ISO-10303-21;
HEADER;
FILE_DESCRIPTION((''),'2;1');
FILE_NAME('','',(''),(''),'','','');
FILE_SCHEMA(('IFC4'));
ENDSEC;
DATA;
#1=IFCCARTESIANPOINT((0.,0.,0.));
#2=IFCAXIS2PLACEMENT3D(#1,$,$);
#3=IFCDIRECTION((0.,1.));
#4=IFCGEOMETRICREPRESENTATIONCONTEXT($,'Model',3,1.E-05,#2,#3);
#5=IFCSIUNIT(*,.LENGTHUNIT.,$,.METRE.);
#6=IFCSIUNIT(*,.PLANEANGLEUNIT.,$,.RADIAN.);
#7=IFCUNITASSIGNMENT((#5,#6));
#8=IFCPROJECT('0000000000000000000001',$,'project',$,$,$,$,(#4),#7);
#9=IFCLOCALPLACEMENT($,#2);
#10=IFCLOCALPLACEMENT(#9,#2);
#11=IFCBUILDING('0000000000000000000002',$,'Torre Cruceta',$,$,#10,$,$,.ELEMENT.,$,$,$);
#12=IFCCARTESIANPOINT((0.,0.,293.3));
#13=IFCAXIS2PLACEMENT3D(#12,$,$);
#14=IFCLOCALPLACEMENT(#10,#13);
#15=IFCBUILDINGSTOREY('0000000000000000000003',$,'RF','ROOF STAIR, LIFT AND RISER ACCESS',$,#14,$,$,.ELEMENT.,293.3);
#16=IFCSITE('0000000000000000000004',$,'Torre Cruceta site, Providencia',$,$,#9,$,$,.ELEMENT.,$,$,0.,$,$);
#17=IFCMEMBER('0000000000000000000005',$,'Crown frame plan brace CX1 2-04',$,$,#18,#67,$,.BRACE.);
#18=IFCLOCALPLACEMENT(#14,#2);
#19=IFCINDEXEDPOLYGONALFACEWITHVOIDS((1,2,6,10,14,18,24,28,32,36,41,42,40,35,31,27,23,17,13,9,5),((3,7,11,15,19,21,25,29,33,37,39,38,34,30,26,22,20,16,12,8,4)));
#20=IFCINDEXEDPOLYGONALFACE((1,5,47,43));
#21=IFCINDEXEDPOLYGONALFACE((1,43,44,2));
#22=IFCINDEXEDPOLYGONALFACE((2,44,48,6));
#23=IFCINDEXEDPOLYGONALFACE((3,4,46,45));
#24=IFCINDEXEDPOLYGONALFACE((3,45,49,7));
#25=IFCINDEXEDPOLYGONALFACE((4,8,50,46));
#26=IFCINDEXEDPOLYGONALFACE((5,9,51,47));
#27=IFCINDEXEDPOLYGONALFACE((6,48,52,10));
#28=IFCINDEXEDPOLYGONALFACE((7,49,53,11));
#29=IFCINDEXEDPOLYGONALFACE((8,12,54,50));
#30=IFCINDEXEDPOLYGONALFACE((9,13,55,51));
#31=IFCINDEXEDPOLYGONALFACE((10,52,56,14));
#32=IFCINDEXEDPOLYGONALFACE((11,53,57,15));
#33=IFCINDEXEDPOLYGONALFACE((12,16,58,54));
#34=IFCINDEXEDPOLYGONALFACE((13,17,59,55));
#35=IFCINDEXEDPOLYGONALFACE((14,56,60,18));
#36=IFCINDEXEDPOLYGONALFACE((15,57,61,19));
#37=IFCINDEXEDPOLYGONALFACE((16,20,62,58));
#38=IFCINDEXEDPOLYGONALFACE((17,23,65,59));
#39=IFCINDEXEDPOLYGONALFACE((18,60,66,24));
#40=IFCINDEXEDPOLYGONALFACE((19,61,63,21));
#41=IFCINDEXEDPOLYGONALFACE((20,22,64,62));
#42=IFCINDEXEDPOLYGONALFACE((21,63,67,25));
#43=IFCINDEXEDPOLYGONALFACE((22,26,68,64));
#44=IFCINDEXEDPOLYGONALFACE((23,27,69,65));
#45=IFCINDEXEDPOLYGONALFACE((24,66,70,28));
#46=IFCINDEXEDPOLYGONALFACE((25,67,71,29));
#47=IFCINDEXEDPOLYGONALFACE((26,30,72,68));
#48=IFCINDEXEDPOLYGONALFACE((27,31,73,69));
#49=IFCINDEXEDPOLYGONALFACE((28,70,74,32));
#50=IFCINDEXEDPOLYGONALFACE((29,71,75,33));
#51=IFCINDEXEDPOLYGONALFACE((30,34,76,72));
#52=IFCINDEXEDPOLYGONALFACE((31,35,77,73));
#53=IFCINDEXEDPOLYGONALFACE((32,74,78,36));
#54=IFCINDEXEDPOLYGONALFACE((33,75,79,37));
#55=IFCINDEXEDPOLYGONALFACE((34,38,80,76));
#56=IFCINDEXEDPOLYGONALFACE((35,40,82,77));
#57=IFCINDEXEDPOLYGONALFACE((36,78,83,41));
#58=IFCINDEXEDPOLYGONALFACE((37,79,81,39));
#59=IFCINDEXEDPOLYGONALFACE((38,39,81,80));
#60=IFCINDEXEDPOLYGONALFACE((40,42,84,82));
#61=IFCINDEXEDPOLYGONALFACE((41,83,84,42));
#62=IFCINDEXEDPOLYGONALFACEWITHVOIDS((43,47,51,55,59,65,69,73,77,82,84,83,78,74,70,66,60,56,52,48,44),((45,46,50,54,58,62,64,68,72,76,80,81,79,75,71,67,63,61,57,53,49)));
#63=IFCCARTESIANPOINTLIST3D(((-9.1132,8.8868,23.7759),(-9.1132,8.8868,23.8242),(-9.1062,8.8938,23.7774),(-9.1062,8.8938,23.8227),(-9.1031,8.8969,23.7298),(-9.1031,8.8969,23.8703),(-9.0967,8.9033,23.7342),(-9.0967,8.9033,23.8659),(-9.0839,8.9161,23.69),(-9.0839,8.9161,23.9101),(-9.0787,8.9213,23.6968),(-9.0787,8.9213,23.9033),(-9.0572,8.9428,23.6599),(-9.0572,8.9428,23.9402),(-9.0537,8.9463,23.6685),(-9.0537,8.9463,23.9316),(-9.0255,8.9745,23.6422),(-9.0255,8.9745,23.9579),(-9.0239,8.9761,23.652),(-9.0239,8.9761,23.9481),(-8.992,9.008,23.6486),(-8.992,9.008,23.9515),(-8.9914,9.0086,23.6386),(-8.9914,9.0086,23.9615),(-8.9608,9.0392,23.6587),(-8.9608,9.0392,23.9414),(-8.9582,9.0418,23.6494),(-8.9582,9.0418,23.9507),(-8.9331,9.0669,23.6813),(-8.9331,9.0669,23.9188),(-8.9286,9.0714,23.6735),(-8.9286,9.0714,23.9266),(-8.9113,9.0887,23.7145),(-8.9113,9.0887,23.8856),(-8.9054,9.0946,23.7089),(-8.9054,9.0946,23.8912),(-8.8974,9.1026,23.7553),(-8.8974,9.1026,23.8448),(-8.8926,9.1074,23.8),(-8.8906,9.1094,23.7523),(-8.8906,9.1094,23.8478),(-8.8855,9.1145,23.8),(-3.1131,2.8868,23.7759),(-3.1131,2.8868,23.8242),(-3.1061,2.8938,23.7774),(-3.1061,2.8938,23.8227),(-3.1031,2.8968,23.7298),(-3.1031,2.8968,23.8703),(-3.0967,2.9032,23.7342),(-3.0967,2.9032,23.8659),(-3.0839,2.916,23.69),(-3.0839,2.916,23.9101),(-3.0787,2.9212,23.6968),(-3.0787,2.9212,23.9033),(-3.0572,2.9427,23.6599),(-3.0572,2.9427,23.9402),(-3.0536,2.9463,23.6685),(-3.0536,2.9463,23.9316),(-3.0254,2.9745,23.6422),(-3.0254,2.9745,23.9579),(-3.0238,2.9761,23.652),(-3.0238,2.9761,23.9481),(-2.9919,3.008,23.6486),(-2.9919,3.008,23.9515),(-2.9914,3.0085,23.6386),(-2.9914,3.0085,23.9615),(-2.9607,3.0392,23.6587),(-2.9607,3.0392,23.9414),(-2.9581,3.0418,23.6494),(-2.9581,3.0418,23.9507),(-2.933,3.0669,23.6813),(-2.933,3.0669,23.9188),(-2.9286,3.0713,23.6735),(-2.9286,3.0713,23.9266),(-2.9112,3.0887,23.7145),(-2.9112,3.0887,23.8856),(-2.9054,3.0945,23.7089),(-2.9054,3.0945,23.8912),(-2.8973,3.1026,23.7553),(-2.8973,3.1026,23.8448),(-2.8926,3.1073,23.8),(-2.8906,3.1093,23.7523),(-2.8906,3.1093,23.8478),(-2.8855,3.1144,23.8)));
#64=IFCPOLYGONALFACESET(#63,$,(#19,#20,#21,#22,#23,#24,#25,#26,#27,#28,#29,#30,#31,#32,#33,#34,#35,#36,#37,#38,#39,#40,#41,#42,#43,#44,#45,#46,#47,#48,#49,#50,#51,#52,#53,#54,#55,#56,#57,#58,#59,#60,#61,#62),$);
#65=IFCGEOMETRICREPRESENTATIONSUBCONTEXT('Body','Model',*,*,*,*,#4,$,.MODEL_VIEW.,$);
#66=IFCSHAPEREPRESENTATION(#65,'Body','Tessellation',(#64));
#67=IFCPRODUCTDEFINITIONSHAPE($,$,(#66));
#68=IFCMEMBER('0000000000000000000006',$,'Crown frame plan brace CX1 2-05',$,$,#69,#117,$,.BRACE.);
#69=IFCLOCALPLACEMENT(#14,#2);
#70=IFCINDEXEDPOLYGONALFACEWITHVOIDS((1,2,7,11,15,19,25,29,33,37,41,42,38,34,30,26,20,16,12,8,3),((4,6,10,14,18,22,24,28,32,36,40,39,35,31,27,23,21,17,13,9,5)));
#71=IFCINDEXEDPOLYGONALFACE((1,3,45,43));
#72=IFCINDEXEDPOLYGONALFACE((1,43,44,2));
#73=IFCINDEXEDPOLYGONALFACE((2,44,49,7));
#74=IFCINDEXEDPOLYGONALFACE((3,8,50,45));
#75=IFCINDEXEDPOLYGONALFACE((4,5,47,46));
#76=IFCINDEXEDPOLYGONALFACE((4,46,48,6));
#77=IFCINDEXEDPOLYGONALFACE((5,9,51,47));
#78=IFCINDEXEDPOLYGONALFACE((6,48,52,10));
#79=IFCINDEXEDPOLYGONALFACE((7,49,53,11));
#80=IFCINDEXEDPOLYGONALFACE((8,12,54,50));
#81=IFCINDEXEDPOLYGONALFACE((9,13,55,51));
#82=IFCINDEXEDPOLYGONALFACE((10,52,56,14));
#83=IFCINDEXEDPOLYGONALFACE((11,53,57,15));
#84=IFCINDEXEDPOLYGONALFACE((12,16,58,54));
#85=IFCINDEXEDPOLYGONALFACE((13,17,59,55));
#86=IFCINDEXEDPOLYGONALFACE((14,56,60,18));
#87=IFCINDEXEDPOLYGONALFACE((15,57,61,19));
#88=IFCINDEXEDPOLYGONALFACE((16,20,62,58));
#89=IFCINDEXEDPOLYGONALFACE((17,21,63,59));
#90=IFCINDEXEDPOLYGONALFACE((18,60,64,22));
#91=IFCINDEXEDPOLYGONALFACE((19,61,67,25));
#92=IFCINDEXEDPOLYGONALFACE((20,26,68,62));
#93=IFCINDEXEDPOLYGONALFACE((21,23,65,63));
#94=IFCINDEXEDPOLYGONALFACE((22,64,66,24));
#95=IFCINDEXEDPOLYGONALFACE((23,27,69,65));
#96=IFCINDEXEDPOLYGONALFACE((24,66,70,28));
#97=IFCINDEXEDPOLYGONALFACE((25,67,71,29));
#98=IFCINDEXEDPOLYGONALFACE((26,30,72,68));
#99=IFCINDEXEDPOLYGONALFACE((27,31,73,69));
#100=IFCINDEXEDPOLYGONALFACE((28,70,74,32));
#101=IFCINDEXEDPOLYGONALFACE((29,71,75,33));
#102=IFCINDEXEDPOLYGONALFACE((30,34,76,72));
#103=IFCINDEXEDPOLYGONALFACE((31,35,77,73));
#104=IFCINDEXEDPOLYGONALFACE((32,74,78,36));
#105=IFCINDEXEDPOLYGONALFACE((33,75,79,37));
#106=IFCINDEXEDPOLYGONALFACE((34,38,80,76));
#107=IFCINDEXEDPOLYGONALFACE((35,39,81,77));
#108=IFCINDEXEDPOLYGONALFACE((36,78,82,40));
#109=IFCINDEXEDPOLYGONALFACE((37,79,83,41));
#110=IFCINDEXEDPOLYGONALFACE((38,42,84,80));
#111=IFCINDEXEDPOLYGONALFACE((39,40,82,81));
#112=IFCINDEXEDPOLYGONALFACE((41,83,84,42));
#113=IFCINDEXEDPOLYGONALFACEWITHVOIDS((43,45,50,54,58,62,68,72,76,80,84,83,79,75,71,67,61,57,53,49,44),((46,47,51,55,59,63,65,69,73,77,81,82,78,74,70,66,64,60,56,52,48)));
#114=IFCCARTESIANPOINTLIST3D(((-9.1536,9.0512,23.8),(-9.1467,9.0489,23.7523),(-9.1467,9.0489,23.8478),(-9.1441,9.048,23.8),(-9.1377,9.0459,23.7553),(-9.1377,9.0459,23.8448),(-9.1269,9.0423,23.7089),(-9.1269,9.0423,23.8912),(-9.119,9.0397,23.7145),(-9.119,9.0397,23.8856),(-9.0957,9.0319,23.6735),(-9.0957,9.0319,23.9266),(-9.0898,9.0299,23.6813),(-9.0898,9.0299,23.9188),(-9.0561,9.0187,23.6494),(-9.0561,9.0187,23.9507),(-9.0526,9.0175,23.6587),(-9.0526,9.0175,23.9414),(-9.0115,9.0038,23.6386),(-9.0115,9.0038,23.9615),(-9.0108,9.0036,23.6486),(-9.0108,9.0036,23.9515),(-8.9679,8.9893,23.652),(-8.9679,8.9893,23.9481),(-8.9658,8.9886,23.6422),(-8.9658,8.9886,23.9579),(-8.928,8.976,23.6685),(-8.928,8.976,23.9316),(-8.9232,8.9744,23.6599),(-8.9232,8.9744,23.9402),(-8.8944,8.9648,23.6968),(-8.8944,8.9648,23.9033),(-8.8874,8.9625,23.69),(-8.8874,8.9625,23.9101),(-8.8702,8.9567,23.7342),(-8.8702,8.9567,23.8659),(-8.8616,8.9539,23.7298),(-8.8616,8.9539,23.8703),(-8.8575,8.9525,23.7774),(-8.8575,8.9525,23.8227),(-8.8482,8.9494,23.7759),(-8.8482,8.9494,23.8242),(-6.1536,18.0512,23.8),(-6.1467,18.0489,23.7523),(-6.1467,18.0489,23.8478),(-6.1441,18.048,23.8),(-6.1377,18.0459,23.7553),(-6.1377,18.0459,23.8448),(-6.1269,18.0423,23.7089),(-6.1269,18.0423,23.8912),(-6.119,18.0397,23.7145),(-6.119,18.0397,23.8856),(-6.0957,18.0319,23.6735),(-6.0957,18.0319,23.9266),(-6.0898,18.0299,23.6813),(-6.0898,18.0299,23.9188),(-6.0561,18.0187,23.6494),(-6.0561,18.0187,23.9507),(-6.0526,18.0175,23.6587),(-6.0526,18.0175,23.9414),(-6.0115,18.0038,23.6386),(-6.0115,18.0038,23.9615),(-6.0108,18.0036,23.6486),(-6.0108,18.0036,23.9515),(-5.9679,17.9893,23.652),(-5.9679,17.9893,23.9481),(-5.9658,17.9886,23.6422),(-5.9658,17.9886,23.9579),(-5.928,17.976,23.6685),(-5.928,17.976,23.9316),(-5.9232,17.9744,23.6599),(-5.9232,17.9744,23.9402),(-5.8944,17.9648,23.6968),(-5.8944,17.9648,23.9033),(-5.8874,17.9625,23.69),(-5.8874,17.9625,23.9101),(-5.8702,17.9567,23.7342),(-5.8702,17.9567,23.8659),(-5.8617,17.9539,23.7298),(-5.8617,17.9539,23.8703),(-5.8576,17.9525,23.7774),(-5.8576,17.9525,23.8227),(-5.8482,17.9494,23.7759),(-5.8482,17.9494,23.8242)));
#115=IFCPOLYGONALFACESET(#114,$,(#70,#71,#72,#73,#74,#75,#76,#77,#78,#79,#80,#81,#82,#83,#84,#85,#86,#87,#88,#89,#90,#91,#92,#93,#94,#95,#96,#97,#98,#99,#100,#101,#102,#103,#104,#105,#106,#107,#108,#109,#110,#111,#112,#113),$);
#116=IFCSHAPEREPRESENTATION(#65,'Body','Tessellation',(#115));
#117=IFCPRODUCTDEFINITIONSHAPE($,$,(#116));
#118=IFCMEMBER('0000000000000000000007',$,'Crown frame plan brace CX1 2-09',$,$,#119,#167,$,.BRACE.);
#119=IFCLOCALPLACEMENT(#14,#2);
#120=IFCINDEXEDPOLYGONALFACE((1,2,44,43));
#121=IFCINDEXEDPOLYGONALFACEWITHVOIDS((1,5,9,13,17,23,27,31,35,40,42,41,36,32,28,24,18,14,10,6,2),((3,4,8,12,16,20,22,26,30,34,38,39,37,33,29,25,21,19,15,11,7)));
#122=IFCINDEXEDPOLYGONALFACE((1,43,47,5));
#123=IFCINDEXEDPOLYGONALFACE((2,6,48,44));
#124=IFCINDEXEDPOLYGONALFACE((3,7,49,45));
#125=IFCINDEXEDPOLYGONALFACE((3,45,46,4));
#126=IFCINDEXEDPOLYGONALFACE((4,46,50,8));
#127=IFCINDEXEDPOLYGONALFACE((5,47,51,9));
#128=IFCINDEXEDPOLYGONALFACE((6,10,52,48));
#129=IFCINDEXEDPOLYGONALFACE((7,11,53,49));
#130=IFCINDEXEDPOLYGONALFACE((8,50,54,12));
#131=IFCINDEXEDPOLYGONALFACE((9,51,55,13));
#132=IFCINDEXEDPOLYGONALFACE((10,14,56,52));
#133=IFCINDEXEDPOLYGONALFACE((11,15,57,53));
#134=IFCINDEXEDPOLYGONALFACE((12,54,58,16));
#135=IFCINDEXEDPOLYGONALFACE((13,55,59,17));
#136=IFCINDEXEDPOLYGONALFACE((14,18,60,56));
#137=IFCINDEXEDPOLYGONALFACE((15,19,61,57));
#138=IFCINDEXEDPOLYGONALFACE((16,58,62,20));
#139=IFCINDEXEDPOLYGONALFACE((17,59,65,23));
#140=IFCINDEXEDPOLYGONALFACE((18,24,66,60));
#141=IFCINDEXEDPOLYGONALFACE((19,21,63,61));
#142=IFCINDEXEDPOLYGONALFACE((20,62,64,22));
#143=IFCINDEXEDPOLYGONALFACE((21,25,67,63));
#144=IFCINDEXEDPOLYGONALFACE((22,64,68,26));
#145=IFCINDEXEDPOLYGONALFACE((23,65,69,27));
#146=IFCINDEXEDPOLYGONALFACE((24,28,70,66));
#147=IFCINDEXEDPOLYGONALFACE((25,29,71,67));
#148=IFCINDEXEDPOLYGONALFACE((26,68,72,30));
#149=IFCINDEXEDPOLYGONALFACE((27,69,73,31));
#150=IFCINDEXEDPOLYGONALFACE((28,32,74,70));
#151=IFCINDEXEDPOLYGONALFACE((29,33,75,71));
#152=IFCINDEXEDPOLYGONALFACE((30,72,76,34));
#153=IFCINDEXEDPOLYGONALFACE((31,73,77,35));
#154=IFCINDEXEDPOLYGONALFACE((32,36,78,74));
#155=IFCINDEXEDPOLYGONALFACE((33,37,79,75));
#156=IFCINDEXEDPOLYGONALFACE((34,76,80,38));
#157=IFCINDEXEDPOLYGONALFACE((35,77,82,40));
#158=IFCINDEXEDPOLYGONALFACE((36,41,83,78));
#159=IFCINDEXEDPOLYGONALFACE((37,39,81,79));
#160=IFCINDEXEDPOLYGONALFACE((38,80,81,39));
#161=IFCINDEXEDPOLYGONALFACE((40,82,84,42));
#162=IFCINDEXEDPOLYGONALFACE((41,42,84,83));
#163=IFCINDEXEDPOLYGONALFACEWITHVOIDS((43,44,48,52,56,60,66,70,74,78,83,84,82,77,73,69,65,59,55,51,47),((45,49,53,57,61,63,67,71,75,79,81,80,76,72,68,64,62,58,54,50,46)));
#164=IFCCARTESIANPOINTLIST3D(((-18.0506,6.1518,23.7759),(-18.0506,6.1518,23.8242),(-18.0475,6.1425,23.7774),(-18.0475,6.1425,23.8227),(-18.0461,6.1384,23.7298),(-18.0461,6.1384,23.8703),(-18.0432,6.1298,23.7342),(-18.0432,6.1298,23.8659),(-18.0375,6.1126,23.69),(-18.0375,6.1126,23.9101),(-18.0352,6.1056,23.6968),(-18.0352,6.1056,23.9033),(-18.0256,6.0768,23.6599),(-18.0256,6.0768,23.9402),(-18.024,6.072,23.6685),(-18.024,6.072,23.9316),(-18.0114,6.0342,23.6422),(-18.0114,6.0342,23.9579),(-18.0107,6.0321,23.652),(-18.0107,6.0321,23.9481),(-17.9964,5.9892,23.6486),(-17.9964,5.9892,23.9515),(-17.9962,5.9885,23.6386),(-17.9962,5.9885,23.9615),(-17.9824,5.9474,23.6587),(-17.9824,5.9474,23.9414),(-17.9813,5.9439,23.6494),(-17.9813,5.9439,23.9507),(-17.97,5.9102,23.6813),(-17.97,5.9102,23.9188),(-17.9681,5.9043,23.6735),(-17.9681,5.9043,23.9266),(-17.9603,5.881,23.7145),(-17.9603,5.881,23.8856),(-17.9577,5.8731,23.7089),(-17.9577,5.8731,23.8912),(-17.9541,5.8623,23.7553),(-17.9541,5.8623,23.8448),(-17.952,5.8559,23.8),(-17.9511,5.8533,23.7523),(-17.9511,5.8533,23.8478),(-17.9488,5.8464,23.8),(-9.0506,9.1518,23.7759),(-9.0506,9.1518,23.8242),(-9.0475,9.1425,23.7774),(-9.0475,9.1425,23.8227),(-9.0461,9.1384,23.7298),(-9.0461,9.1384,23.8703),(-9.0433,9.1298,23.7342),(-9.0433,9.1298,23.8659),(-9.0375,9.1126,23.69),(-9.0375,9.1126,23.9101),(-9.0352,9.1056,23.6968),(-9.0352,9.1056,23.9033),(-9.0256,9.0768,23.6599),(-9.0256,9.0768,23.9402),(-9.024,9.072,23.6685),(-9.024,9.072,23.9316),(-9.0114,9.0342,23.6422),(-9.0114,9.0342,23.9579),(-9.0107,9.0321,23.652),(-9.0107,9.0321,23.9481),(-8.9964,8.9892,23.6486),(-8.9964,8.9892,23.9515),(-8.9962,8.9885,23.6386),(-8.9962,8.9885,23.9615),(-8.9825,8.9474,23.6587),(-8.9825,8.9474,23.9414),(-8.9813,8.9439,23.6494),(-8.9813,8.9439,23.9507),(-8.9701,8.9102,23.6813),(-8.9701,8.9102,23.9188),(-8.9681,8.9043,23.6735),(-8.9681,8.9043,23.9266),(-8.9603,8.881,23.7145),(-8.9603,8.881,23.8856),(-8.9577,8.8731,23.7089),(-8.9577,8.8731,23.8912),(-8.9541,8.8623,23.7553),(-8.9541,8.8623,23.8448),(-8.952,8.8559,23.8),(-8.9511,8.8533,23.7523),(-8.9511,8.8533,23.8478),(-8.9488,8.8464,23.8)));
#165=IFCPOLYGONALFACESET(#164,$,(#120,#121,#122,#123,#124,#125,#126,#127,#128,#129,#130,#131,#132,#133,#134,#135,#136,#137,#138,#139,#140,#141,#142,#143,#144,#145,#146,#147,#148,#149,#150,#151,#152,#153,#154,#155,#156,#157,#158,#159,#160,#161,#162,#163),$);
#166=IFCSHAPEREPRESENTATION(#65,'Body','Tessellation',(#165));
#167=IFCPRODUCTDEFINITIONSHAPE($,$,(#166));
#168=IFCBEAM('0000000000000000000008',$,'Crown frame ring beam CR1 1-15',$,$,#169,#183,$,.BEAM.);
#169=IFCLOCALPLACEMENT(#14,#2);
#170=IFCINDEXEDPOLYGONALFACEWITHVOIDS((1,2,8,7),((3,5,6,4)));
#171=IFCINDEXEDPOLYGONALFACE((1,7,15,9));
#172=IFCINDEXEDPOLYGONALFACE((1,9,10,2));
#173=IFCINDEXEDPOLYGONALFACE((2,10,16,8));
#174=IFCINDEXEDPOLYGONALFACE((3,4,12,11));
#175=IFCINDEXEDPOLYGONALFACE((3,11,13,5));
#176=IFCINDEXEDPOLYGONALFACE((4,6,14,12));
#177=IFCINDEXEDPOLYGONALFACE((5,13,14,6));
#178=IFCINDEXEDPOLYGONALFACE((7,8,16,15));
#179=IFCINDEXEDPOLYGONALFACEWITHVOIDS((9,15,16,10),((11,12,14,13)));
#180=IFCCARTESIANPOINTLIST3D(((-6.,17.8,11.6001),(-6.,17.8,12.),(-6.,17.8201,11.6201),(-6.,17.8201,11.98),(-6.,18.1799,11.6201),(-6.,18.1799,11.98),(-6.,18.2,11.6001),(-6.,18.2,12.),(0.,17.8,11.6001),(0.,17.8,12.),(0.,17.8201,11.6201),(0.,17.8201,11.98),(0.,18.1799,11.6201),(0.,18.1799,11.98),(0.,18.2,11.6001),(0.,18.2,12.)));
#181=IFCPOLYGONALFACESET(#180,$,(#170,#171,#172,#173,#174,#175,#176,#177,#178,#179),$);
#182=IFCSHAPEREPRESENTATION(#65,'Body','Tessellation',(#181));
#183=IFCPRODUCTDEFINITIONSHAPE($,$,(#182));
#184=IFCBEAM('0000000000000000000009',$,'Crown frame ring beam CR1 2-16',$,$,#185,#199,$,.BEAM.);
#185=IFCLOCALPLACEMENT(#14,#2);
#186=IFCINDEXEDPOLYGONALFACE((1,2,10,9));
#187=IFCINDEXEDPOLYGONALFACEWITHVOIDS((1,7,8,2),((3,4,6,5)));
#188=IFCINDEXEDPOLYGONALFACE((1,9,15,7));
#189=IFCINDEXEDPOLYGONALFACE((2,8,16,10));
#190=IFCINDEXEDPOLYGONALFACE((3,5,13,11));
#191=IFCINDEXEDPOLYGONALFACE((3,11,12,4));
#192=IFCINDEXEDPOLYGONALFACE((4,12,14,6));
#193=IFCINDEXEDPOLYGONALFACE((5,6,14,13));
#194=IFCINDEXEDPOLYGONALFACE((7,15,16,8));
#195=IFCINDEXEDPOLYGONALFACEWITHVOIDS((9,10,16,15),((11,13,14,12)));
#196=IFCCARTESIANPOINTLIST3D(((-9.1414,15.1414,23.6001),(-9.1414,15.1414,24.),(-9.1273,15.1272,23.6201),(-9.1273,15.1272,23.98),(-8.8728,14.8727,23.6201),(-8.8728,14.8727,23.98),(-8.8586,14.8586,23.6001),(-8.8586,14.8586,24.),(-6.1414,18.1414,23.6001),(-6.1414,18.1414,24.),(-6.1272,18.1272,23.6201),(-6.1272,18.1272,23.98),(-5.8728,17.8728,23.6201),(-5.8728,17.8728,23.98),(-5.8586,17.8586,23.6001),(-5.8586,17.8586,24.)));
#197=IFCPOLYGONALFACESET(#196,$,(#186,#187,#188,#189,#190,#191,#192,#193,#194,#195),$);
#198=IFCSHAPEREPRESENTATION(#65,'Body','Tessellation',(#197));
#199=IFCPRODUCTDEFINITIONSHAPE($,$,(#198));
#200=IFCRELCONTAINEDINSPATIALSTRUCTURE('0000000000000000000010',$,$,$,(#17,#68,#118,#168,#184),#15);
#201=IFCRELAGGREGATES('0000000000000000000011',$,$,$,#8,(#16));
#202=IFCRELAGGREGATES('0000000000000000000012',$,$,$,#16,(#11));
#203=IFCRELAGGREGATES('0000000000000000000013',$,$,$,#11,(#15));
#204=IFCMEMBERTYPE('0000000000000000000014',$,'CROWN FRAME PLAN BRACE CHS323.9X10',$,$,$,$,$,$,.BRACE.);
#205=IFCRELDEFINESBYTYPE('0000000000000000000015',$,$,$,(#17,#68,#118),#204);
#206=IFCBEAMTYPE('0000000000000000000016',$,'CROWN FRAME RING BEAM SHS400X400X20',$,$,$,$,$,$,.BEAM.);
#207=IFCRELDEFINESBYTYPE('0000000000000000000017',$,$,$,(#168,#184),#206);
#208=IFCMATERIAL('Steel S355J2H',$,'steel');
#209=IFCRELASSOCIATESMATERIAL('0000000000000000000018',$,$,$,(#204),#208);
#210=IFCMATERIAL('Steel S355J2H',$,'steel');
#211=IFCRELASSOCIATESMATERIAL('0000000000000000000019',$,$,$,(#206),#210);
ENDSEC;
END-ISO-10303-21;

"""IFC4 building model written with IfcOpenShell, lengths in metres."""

from ifc_helpers import new_model, si_unit, direction, frame, origin, origin_2d, place, context, subcontext, project, spatial, hollow_rectangle, hollow_circle, extrude, material, material_profile, profile_set, type_object, element, save


model = new_model("IFC4")

# Units and contexts
model_context = context("Model", 3, precision=1e-05, world=origin(), true_north=direction((0.0, 1.0)))
body_context = subcontext(model_context, "Body", "Model", "MODEL_VIEW")
ifc_project = project(units=[si_unit("LENGTHUNIT", "METRE"), si_unit("PLANEANGLEUNIT", "RADIAN")], contexts=[model_context])

# Site, building, storey
site_placement = place(None, origin())
site = spatial("IfcSite", under=ifc_project, at=site_placement, Name="Torre Cruceta site, Providencia", CompositionType="ELEMENT", RefElevation=0.0)
building_placement = place(site_placement, origin())
building = spatial("IfcBuilding", under=site, at=building_placement, Name="Torre Cruceta", CompositionType="ELEMENT")
storey_placement = place(building_placement, frame((0.0, 0.0, 293.3)))
storey = spatial("IfcBuildingStorey", under=building, at=storey_placement, Name="RF", Description="ROOF STAIR, LIFT AND RISER ACCESS", CompositionType="ELEMENT", Elevation=293.3)

# Members
ifc_material_1 = material(Name="Steel S355J2H", Category="steel")
ifc_material_profile_1 = material_profile(ifc_material_1, hollow_circle(Radius=0.1619, WallThickness=0.01, at=origin_2d()), Name="CHS323.9X10")
ifc_profile_set_1 = profile_set([ifc_material_profile_1], Name="Steel S355J2H")
member_type_1 = type_object("IfcMemberType", Name="CROWN FRAME PLAN BRACE CHS323.9X10", PredefinedType="BRACE", material=ifc_profile_set_1)
member_1_placement = place(storey_placement, frame((-9.0, 9.0, 23.8), z_axis=(0.707107, -0.707107, 0.0), x_axis=(0.707107, 0.707107, 0.0)))
element("IfcMember", 1, at=member_1_placement, inside=storey, type_object=member_type_1, Name="Crown frame plan brace CX1 2-04", PredefinedType="BRACE", context=body_context, shape_type="SweptSolid", body=[
    extrude(hollow_circle(Radius=0.1619, WallThickness=0.01, at=origin_2d()), origin(), (0.0, 0.0, 1.0), 8.4854),
])
for number, where, z_axis, x_axis, name in (
    (2, (-9.0, 9.0, 23.8), (0.316228, 0.948683, 0.0), (-0.948683, 0.316228, 0.0), "Crown frame plan brace CX1 2-05"),
    (3, (-9.0, 9.0, 23.8), (-0.948683, -0.316228, 0.0), (0.316228, -0.948683, 0.0), "Crown frame plan brace CX1 2-09"),
):
    element("IfcMember", number, at=place(storey_placement, frame(where, z_axis=z_axis, x_axis=x_axis)), inside=storey, type_object=member_type_1, Name=name, PredefinedType="BRACE", context=body_context, shape_type="SweptSolid", body=[
        extrude(hollow_circle(Radius=0.1619, WallThickness=0.01, at=origin_2d()), origin(), (0.0, 0.0, 1.0), 9.4868),
    ])

# Beams
ifc_material_2 = material(Name="Steel S355J2H", Category="steel")
ifc_material_profile_2 = material_profile(ifc_material_2, hollow_rectangle(XDim=0.3999, YDim=0.3999, WallThickness=0.02, at=origin_2d()), Name="SHS400X400X20")
ifc_profile_set_2 = profile_set([ifc_material_profile_2], Name="Steel S355J2H")
beam_type_1 = type_object("IfcBeamType", Name="CROWN FRAME RING BEAM SHS400X400X20", PredefinedType="BEAM", material=ifc_profile_set_2)
beam_1_placement = place(storey_placement, frame((0.0, 18.0, 11.8), z_axis=(-1.0, 0.0, 0.0), x_axis=(0.0, -1.0, 0.0)))
element("IfcBeam", 4, at=beam_1_placement, inside=storey, type_object=beam_type_1, Name="Crown frame ring beam CR1 1-15", PredefinedType="BEAM", context=body_context, shape_type="SweptSolid", body=[
    extrude(hollow_rectangle(XDim=0.3999, YDim=0.3999, WallThickness=0.02, at=origin_2d()), origin(), (0.0, 0.0, 1.0), 6.0),
])
beam_2_placement = place(storey_placement, frame((-6.0, 18.0, 23.8), z_axis=(-0.707107, -0.707107, 0.0), x_axis=(0.707107, -0.707107, 0.0)))
element("IfcBeam", 5, at=beam_2_placement, inside=storey, type_object=beam_type_1, Name="Crown frame ring beam CR1 2-16", PredefinedType="BEAM", context=body_context, shape_type="SweptSolid", body=[
    extrude(hollow_rectangle(XDim=0.3999, YDim=0.3999, WallThickness=0.02, at=origin_2d()), origin(), (0.0, 0.0, 1.0), 4.2427),
])

save(model, "model.ifc")
